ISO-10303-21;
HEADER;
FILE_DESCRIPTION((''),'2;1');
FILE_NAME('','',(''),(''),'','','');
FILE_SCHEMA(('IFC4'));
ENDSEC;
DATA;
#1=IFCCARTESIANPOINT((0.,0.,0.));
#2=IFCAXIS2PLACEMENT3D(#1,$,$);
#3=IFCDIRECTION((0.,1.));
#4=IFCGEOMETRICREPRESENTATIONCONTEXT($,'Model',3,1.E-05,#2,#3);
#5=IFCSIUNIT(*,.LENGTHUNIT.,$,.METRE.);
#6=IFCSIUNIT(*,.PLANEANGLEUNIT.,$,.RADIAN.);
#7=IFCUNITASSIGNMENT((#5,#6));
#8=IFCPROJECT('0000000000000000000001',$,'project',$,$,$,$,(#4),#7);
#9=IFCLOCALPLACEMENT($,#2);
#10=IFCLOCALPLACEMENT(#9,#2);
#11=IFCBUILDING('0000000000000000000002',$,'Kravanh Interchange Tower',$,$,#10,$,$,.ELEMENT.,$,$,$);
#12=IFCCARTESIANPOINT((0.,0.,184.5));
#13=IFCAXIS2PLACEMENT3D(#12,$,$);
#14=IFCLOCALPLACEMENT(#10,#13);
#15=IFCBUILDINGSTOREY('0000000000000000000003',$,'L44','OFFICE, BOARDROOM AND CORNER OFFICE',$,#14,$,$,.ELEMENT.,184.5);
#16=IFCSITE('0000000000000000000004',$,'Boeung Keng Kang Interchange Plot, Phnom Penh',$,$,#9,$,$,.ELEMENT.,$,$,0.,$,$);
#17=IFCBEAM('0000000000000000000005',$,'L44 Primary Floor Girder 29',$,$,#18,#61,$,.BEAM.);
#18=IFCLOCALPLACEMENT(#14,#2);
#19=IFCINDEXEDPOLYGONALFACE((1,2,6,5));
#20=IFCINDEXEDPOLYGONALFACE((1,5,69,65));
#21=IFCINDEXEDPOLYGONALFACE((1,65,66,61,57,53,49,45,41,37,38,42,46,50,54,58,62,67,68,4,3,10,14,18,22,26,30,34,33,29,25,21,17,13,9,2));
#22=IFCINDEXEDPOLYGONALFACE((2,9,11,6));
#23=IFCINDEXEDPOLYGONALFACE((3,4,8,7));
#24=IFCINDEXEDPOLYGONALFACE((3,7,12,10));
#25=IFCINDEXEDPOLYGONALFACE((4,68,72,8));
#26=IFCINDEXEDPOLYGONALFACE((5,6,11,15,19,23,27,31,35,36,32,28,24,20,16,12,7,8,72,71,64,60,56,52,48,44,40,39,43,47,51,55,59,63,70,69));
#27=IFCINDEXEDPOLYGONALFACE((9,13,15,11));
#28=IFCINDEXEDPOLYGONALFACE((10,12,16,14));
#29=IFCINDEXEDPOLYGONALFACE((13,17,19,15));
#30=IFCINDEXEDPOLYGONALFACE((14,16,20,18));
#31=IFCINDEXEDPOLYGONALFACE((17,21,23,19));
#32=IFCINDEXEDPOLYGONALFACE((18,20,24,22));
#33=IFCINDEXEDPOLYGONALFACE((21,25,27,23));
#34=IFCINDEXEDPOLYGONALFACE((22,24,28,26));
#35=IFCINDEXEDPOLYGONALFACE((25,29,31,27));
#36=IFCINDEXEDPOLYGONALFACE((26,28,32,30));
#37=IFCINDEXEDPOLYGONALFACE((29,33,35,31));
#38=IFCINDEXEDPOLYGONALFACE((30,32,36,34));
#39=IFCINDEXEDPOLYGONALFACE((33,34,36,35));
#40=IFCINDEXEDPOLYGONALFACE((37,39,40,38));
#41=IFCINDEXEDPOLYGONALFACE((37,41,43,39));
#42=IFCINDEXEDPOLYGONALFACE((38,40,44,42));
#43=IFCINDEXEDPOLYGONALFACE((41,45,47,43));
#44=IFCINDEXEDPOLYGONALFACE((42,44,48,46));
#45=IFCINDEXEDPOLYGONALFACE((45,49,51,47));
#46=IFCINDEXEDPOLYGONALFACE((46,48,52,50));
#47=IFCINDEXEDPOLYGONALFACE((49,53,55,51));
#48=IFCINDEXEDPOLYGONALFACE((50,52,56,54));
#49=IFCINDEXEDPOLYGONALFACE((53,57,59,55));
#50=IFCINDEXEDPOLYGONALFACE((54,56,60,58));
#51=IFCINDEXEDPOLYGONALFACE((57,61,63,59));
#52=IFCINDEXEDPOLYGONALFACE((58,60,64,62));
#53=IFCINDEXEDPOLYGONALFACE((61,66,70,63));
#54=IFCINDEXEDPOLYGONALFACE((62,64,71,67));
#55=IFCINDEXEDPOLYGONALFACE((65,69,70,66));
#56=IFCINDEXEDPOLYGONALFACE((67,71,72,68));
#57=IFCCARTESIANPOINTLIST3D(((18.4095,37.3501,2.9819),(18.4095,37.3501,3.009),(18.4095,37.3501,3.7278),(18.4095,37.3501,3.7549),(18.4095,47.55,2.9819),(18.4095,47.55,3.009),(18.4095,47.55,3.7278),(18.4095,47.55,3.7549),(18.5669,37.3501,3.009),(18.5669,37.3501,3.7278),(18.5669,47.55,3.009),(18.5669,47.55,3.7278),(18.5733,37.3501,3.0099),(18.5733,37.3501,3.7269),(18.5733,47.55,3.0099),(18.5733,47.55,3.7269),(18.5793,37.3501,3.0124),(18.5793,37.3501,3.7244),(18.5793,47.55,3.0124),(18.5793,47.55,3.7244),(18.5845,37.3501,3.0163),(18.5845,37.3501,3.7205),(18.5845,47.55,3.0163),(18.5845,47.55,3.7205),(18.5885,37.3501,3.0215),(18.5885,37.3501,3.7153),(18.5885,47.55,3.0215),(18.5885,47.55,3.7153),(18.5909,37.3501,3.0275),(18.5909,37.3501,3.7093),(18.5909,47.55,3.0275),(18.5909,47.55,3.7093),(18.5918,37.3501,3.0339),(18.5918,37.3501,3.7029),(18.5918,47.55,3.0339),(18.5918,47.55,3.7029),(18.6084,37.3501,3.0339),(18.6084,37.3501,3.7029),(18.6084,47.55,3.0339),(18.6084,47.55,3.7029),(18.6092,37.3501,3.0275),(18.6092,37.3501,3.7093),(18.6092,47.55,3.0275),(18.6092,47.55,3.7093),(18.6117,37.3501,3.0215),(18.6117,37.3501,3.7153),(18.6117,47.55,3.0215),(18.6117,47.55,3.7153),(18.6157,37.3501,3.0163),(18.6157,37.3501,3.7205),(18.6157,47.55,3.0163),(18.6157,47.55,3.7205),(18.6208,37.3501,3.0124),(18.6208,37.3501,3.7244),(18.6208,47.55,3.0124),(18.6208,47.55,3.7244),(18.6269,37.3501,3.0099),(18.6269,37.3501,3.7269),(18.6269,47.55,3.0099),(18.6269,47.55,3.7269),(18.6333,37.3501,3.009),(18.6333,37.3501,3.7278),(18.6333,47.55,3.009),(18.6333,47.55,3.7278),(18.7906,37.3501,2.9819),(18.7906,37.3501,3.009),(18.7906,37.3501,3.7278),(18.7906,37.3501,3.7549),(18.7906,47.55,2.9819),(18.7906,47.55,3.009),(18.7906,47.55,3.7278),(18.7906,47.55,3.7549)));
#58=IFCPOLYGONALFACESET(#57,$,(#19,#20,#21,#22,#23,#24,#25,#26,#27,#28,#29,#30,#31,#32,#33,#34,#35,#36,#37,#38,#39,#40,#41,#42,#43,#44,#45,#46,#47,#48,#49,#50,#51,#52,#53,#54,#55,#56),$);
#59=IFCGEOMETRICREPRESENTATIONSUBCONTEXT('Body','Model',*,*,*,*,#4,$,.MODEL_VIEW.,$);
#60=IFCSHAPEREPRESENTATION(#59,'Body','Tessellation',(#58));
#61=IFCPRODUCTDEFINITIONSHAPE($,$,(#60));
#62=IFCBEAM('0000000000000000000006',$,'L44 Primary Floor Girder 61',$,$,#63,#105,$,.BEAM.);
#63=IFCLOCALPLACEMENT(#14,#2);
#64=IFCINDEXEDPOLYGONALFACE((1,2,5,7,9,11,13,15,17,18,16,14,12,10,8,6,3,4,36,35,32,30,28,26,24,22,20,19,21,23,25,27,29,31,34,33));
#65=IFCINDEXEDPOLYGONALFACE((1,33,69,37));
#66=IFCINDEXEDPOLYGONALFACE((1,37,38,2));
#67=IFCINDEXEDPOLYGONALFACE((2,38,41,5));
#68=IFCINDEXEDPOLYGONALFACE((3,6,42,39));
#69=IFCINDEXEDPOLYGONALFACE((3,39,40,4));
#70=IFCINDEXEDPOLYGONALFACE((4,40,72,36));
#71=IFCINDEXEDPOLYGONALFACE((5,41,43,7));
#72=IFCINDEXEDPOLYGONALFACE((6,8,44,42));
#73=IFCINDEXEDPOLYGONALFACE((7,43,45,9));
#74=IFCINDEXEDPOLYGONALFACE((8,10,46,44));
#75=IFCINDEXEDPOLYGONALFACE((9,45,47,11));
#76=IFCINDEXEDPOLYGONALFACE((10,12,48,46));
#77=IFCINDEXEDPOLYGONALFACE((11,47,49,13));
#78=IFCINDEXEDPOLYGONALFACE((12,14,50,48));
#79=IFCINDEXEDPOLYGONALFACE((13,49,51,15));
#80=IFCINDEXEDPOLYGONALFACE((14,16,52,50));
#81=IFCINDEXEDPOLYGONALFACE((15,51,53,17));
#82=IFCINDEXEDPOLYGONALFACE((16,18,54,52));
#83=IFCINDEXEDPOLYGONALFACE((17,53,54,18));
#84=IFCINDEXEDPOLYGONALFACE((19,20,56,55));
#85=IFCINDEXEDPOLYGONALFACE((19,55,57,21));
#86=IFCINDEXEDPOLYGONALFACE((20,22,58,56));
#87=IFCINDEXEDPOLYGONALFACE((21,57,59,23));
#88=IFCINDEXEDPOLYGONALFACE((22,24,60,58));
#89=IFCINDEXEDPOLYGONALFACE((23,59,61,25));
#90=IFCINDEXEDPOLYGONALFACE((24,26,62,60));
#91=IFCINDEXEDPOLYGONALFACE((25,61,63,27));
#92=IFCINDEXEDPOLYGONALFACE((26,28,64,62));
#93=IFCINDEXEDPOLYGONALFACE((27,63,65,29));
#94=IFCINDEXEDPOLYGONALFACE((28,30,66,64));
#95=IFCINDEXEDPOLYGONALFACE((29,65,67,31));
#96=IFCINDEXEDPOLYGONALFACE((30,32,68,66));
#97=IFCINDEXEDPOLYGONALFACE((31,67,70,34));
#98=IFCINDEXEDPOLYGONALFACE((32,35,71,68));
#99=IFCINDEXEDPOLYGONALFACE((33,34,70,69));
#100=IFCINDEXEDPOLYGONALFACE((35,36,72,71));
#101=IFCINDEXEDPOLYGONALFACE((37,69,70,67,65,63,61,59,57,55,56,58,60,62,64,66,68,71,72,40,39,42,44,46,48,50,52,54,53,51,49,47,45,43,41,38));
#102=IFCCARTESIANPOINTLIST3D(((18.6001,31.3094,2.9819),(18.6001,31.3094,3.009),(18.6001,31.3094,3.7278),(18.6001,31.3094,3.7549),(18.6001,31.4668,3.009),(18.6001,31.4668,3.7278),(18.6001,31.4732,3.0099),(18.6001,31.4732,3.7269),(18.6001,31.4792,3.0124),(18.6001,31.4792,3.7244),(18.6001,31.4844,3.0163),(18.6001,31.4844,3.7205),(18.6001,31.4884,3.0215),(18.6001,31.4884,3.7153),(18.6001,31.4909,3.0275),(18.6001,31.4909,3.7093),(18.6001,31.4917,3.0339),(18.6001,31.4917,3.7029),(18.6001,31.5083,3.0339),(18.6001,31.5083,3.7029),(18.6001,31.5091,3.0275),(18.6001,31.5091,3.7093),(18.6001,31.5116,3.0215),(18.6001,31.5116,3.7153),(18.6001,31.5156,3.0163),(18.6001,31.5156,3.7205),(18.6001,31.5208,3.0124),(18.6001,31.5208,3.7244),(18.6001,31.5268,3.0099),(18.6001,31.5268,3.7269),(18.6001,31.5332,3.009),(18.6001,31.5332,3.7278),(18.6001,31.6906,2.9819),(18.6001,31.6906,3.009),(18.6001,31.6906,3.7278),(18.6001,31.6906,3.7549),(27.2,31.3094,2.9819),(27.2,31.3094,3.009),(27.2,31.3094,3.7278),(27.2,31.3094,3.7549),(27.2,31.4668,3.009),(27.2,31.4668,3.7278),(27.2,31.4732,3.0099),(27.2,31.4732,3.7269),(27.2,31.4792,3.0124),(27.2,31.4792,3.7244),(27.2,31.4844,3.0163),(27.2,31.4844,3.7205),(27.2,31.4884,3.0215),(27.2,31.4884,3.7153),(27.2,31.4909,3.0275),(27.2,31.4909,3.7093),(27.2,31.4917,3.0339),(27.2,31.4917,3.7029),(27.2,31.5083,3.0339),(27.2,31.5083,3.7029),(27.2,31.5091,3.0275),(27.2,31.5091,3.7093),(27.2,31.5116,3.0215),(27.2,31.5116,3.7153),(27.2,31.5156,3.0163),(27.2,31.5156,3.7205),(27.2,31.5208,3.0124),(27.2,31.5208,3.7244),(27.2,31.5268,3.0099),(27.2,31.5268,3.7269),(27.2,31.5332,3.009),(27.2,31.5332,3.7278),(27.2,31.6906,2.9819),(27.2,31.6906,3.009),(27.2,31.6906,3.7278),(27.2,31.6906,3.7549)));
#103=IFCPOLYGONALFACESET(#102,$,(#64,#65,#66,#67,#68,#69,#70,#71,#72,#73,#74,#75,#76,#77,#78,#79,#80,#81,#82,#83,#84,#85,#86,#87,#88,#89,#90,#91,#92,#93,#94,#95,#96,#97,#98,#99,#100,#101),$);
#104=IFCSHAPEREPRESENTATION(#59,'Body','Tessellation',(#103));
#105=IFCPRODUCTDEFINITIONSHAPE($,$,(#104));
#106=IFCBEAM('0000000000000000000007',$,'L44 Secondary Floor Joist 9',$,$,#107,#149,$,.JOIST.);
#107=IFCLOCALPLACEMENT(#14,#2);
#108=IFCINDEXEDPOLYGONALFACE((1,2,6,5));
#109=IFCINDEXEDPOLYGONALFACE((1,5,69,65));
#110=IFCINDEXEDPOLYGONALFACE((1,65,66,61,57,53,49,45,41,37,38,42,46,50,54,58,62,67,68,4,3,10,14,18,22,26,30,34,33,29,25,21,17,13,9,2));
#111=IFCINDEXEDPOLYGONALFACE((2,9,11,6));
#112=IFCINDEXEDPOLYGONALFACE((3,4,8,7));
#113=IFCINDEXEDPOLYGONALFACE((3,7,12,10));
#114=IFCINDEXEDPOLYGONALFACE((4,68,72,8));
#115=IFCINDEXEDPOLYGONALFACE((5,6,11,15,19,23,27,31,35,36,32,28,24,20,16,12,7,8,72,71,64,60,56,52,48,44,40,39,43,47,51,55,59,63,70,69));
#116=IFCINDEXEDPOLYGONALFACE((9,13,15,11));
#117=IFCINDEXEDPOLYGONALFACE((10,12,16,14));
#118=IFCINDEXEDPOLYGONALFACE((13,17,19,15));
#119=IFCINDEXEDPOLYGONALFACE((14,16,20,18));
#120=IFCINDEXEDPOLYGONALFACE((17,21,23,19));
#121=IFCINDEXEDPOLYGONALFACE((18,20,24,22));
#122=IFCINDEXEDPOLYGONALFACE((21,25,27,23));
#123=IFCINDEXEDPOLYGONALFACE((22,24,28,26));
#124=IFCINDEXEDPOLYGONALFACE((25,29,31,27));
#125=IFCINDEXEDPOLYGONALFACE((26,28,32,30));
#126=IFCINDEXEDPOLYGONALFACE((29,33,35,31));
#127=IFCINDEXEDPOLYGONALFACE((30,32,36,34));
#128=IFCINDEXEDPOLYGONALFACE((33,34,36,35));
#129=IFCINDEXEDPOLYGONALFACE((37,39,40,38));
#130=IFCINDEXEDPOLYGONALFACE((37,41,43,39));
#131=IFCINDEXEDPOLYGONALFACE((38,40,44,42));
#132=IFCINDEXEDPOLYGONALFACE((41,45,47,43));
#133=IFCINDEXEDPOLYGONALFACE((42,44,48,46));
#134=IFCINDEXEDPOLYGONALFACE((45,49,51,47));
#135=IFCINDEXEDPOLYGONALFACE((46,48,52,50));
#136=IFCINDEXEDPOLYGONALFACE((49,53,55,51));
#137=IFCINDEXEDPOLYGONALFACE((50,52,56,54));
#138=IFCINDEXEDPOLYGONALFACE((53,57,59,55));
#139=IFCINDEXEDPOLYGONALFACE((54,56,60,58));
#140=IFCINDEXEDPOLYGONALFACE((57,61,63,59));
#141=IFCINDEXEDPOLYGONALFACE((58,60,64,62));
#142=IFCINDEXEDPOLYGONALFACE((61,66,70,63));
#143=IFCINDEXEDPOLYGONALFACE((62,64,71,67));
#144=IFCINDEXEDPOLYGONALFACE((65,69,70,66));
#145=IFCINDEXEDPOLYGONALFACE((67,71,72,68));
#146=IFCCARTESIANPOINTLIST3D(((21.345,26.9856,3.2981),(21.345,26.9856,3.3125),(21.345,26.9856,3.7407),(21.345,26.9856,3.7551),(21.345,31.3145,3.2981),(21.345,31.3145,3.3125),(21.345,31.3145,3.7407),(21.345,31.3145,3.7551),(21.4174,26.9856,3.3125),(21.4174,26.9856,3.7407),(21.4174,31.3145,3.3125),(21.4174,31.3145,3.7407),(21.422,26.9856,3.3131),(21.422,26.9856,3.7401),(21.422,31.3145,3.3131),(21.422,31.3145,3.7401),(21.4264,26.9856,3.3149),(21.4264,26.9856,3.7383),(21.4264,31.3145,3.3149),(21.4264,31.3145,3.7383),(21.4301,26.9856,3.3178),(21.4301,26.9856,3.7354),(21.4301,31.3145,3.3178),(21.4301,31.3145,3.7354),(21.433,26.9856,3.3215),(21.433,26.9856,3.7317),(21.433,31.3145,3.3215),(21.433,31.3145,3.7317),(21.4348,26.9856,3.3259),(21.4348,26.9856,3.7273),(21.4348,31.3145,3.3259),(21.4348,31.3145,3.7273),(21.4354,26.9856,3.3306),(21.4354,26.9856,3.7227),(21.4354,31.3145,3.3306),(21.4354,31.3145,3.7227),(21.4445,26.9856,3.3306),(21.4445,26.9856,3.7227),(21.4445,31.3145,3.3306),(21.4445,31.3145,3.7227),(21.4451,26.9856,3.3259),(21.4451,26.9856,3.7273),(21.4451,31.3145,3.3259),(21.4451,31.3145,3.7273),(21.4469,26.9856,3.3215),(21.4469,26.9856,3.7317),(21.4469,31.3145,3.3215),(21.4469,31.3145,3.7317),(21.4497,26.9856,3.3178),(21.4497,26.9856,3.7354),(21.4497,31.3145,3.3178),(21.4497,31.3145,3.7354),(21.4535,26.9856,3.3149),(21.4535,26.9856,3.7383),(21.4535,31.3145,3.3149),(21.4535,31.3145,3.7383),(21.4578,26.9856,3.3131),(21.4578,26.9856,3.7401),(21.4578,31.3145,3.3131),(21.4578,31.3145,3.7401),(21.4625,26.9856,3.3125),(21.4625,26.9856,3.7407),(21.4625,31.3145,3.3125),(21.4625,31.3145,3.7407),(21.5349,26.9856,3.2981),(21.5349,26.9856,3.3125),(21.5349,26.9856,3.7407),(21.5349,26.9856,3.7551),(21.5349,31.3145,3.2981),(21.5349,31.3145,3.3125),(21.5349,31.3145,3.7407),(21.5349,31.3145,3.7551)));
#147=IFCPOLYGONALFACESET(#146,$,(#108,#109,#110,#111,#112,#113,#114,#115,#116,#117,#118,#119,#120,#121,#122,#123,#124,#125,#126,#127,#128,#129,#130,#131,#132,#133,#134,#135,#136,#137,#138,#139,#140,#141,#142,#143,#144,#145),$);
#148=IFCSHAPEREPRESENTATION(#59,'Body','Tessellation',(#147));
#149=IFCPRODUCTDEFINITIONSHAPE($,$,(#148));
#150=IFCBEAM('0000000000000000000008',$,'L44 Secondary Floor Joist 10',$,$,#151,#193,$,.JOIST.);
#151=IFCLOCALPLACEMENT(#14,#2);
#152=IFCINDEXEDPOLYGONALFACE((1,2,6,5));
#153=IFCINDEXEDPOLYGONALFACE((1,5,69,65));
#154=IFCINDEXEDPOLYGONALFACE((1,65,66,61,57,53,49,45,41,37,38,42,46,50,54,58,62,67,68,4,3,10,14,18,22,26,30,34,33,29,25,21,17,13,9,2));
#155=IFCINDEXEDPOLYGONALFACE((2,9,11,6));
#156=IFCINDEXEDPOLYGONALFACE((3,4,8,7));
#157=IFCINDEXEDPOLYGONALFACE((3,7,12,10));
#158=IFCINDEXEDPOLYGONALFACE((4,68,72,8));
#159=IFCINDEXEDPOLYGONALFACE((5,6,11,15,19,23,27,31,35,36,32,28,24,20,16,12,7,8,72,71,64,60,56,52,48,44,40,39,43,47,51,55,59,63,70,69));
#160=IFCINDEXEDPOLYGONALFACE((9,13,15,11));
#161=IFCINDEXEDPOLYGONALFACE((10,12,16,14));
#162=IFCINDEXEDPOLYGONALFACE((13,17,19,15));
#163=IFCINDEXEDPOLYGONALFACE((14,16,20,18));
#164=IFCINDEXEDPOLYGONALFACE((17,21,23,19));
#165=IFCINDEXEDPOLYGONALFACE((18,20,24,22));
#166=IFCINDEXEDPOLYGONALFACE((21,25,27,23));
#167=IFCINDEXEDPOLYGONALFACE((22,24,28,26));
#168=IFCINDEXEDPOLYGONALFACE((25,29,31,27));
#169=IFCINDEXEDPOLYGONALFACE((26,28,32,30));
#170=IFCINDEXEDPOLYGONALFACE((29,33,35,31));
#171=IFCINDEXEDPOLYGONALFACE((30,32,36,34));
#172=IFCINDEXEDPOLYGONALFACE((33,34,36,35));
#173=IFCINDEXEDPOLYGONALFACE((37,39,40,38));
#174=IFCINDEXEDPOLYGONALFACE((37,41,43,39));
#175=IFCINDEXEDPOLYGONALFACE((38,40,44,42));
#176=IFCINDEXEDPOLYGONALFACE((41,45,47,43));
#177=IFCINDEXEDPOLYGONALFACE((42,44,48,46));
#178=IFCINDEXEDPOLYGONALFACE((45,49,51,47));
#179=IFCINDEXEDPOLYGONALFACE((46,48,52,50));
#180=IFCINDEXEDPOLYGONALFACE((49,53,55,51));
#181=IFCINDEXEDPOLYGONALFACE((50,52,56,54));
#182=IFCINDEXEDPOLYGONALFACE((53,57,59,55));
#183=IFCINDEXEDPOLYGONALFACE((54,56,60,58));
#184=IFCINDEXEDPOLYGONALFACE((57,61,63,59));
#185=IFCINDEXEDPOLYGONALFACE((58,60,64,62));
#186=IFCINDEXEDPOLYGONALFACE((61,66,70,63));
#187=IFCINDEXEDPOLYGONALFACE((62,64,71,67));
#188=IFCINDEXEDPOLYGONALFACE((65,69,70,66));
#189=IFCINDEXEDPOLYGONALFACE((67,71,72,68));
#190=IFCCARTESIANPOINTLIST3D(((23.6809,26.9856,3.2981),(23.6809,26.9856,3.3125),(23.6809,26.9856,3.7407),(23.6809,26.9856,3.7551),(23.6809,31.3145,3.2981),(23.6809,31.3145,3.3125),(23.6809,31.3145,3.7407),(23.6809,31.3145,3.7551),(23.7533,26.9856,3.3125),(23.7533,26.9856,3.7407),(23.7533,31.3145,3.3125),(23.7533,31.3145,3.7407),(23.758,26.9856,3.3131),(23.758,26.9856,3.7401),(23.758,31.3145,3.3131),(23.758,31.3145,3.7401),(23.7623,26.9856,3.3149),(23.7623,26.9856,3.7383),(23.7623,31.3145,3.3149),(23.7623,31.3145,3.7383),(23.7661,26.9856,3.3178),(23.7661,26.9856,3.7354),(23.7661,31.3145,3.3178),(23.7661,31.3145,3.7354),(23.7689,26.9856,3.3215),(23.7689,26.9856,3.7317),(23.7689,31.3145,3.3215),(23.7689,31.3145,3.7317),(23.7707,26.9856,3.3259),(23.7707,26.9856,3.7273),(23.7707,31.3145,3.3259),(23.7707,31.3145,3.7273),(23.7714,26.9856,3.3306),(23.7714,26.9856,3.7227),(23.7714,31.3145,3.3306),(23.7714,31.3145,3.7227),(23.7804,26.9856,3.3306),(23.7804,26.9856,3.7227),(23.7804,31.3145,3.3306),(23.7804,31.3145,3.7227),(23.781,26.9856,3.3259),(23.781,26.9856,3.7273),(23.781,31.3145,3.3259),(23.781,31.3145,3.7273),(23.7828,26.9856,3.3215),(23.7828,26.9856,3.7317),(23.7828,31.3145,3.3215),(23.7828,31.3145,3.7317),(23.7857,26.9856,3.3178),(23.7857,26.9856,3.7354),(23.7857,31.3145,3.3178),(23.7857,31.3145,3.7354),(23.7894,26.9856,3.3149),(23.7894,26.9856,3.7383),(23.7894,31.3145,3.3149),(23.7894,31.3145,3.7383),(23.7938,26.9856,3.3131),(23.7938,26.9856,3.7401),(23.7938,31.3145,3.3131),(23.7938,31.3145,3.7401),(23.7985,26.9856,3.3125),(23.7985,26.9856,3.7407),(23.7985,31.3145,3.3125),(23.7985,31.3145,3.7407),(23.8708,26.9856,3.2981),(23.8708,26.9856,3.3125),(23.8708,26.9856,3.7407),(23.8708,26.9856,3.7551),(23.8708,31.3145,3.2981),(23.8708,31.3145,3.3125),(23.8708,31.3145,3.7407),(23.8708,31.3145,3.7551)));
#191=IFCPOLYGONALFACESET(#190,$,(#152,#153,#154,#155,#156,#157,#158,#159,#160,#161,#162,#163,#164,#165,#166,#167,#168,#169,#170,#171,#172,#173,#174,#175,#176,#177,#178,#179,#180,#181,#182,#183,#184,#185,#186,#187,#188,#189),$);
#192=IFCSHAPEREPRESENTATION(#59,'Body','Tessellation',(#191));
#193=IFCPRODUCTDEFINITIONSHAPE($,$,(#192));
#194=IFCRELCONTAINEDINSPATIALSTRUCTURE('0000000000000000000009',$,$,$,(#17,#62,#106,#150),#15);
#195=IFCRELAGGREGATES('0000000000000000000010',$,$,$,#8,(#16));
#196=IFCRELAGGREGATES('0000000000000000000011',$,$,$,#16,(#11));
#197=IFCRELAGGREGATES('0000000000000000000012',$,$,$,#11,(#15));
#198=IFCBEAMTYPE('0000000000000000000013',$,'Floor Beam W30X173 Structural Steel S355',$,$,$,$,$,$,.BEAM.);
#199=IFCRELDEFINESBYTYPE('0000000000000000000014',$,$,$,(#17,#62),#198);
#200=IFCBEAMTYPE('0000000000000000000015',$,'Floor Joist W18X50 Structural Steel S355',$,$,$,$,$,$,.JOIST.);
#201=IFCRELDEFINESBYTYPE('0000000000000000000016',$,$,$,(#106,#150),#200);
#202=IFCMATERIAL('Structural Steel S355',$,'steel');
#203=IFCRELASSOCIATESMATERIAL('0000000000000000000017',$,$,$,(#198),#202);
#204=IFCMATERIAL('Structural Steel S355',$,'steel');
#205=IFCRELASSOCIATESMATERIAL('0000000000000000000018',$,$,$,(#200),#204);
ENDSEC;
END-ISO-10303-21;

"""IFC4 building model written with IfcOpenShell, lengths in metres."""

from ifc_helpers import new_model, si_unit, direction, frame, origin, origin_2d, place, context, subcontext, project, spatial, i_section, extrude, material, material_profile, profile_set, type_object, element, save


model = new_model("IFC4")

# Units and contexts
model_context = context("Model", 3, precision=1e-05, world=origin(), true_north=direction((0.0, 1.0)))
body_context = subcontext(model_context, "Body", "Model", "MODEL_VIEW")
ifc_project = project(units=[si_unit("LENGTHUNIT", "METRE"), si_unit("PLANEANGLEUNIT", "RADIAN")], contexts=[model_context])

# Site, building, storey
site_placement = place(None, origin())
site = spatial("IfcSite", under=ifc_project, at=site_placement, Name="Boeung Keng Kang Interchange Plot, Phnom Penh", CompositionType="ELEMENT", RefElevation=0.0)
building_placement = place(site_placement, origin())
building = spatial("IfcBuilding", under=site, at=building_placement, Name="Kravanh Interchange Tower", CompositionType="ELEMENT")
storey_placement = place(building_placement, frame((0.0, 0.0, 184.5)))
storey = spatial("IfcBuildingStorey", under=building, at=storey_placement, Name="L44", Description="OFFICE, BOARDROOM AND CORNER OFFICE", CompositionType="ELEMENT", Elevation=184.5)

# Beams
ifc_material_1 = material(Name="Structural Steel S355", Category="steel")
ifc_material_profile_1 = material_profile(ifc_material_1, i_section(OverallWidth=0.3811, OverallDepth=0.7729, WebThickness=0.0166, FlangeThickness=0.0271, FilletRadius=0.0249, at=origin_2d()), Name="W30X173")
ifc_profile_set_1 = profile_set([ifc_material_profile_1], Name="Structural Steel S355")
beam_type_1 = type_object("IfcBeamType", Name="Floor Beam W30X173 Structural Steel S355", PredefinedType="BEAM", material=ifc_profile_set_1)
beam_1_placement = place(storey_placement, frame((18.6001, 37.3501, 3.3684), z_axis=(0.0, 1.0, 0.0), x_axis=(-1.0, 0.0, 0.0)))
element("IfcBeam", 1, at=beam_1_placement, inside=storey, type_object=beam_type_1, Name="L44 Primary Floor Girder 29", PredefinedType="BEAM", context=body_context, shape_type="SweptSolid", body=[
    extrude(i_section(OverallWidth=0.3811, OverallDepth=0.7729, WebThickness=0.0166, FlangeThickness=0.0271, FilletRadius=0.0249, at=origin_2d()), origin(), (0.0, 0.0, 1.0), 10.2),
])
beam_2_placement = place(storey_placement, frame((18.6001, 31.5, 3.3684), z_axis=(1.0, 0.0, 0.0), x_axis=(0.0, 1.0, 0.0)))
element("IfcBeam", 2, at=beam_2_placement, inside=storey, type_object=beam_type_1, Name="L44 Primary Floor Girder 61", PredefinedType="BEAM", context=body_context, shape_type="SweptSolid", body=[
    extrude(i_section(OverallWidth=0.3811, OverallDepth=0.7729, WebThickness=0.0166, FlangeThickness=0.0271, FilletRadius=0.0249, at=origin_2d()), origin(), (0.0, 0.0, 1.0), 8.5999),
])
ifc_material_2 = material(Name="Structural Steel S355", Category="steel")
ifc_material_profile_2 = material_profile(ifc_material_2, i_section(OverallWidth=0.1899, OverallDepth=0.457, WebThickness=0.009, FlangeThickness=0.0144, FilletRadius=0.0181, at=origin_2d()), Name="W18X50")
ifc_profile_set_2 = profile_set([ifc_material_profile_2], Name="Structural Steel S355")
beam_type_2 = type_object("IfcBeamType", Name="Floor Joist W18X50 Structural Steel S355", PredefinedType="JOIST", material=ifc_profile_set_2)
for number, where, z_axis, x_axis, name in (
    (3, (21.4399, 26.9856, 3.5266), (0.0, 1.0, 0.0), (-1.0, 0.0, 0.0), "L44 Secondary Floor Joist 9"),
    (4, (23.7759, 26.9856, 3.5266), (0.0, 1.0, 0.0), (-1.0, 0.0, 0.0), "L44 Secondary Floor Joist 10"),
):
    element("IfcBeam", number, at=place(storey_placement, frame(where, z_axis=z_axis, x_axis=x_axis)), inside=storey, type_object=beam_type_2, Name=name, PredefinedType="JOIST", context=body_context, shape_type="SweptSolid", body=[
        extrude(i_section(OverallWidth=0.1899, OverallDepth=0.457, WebThickness=0.009, FlangeThickness=0.0144, FilletRadius=0.0181, at=origin_2d()), origin(), (0.0, 0.0, 1.0), 4.3289),
    ])

save(model, "model.ifc")
